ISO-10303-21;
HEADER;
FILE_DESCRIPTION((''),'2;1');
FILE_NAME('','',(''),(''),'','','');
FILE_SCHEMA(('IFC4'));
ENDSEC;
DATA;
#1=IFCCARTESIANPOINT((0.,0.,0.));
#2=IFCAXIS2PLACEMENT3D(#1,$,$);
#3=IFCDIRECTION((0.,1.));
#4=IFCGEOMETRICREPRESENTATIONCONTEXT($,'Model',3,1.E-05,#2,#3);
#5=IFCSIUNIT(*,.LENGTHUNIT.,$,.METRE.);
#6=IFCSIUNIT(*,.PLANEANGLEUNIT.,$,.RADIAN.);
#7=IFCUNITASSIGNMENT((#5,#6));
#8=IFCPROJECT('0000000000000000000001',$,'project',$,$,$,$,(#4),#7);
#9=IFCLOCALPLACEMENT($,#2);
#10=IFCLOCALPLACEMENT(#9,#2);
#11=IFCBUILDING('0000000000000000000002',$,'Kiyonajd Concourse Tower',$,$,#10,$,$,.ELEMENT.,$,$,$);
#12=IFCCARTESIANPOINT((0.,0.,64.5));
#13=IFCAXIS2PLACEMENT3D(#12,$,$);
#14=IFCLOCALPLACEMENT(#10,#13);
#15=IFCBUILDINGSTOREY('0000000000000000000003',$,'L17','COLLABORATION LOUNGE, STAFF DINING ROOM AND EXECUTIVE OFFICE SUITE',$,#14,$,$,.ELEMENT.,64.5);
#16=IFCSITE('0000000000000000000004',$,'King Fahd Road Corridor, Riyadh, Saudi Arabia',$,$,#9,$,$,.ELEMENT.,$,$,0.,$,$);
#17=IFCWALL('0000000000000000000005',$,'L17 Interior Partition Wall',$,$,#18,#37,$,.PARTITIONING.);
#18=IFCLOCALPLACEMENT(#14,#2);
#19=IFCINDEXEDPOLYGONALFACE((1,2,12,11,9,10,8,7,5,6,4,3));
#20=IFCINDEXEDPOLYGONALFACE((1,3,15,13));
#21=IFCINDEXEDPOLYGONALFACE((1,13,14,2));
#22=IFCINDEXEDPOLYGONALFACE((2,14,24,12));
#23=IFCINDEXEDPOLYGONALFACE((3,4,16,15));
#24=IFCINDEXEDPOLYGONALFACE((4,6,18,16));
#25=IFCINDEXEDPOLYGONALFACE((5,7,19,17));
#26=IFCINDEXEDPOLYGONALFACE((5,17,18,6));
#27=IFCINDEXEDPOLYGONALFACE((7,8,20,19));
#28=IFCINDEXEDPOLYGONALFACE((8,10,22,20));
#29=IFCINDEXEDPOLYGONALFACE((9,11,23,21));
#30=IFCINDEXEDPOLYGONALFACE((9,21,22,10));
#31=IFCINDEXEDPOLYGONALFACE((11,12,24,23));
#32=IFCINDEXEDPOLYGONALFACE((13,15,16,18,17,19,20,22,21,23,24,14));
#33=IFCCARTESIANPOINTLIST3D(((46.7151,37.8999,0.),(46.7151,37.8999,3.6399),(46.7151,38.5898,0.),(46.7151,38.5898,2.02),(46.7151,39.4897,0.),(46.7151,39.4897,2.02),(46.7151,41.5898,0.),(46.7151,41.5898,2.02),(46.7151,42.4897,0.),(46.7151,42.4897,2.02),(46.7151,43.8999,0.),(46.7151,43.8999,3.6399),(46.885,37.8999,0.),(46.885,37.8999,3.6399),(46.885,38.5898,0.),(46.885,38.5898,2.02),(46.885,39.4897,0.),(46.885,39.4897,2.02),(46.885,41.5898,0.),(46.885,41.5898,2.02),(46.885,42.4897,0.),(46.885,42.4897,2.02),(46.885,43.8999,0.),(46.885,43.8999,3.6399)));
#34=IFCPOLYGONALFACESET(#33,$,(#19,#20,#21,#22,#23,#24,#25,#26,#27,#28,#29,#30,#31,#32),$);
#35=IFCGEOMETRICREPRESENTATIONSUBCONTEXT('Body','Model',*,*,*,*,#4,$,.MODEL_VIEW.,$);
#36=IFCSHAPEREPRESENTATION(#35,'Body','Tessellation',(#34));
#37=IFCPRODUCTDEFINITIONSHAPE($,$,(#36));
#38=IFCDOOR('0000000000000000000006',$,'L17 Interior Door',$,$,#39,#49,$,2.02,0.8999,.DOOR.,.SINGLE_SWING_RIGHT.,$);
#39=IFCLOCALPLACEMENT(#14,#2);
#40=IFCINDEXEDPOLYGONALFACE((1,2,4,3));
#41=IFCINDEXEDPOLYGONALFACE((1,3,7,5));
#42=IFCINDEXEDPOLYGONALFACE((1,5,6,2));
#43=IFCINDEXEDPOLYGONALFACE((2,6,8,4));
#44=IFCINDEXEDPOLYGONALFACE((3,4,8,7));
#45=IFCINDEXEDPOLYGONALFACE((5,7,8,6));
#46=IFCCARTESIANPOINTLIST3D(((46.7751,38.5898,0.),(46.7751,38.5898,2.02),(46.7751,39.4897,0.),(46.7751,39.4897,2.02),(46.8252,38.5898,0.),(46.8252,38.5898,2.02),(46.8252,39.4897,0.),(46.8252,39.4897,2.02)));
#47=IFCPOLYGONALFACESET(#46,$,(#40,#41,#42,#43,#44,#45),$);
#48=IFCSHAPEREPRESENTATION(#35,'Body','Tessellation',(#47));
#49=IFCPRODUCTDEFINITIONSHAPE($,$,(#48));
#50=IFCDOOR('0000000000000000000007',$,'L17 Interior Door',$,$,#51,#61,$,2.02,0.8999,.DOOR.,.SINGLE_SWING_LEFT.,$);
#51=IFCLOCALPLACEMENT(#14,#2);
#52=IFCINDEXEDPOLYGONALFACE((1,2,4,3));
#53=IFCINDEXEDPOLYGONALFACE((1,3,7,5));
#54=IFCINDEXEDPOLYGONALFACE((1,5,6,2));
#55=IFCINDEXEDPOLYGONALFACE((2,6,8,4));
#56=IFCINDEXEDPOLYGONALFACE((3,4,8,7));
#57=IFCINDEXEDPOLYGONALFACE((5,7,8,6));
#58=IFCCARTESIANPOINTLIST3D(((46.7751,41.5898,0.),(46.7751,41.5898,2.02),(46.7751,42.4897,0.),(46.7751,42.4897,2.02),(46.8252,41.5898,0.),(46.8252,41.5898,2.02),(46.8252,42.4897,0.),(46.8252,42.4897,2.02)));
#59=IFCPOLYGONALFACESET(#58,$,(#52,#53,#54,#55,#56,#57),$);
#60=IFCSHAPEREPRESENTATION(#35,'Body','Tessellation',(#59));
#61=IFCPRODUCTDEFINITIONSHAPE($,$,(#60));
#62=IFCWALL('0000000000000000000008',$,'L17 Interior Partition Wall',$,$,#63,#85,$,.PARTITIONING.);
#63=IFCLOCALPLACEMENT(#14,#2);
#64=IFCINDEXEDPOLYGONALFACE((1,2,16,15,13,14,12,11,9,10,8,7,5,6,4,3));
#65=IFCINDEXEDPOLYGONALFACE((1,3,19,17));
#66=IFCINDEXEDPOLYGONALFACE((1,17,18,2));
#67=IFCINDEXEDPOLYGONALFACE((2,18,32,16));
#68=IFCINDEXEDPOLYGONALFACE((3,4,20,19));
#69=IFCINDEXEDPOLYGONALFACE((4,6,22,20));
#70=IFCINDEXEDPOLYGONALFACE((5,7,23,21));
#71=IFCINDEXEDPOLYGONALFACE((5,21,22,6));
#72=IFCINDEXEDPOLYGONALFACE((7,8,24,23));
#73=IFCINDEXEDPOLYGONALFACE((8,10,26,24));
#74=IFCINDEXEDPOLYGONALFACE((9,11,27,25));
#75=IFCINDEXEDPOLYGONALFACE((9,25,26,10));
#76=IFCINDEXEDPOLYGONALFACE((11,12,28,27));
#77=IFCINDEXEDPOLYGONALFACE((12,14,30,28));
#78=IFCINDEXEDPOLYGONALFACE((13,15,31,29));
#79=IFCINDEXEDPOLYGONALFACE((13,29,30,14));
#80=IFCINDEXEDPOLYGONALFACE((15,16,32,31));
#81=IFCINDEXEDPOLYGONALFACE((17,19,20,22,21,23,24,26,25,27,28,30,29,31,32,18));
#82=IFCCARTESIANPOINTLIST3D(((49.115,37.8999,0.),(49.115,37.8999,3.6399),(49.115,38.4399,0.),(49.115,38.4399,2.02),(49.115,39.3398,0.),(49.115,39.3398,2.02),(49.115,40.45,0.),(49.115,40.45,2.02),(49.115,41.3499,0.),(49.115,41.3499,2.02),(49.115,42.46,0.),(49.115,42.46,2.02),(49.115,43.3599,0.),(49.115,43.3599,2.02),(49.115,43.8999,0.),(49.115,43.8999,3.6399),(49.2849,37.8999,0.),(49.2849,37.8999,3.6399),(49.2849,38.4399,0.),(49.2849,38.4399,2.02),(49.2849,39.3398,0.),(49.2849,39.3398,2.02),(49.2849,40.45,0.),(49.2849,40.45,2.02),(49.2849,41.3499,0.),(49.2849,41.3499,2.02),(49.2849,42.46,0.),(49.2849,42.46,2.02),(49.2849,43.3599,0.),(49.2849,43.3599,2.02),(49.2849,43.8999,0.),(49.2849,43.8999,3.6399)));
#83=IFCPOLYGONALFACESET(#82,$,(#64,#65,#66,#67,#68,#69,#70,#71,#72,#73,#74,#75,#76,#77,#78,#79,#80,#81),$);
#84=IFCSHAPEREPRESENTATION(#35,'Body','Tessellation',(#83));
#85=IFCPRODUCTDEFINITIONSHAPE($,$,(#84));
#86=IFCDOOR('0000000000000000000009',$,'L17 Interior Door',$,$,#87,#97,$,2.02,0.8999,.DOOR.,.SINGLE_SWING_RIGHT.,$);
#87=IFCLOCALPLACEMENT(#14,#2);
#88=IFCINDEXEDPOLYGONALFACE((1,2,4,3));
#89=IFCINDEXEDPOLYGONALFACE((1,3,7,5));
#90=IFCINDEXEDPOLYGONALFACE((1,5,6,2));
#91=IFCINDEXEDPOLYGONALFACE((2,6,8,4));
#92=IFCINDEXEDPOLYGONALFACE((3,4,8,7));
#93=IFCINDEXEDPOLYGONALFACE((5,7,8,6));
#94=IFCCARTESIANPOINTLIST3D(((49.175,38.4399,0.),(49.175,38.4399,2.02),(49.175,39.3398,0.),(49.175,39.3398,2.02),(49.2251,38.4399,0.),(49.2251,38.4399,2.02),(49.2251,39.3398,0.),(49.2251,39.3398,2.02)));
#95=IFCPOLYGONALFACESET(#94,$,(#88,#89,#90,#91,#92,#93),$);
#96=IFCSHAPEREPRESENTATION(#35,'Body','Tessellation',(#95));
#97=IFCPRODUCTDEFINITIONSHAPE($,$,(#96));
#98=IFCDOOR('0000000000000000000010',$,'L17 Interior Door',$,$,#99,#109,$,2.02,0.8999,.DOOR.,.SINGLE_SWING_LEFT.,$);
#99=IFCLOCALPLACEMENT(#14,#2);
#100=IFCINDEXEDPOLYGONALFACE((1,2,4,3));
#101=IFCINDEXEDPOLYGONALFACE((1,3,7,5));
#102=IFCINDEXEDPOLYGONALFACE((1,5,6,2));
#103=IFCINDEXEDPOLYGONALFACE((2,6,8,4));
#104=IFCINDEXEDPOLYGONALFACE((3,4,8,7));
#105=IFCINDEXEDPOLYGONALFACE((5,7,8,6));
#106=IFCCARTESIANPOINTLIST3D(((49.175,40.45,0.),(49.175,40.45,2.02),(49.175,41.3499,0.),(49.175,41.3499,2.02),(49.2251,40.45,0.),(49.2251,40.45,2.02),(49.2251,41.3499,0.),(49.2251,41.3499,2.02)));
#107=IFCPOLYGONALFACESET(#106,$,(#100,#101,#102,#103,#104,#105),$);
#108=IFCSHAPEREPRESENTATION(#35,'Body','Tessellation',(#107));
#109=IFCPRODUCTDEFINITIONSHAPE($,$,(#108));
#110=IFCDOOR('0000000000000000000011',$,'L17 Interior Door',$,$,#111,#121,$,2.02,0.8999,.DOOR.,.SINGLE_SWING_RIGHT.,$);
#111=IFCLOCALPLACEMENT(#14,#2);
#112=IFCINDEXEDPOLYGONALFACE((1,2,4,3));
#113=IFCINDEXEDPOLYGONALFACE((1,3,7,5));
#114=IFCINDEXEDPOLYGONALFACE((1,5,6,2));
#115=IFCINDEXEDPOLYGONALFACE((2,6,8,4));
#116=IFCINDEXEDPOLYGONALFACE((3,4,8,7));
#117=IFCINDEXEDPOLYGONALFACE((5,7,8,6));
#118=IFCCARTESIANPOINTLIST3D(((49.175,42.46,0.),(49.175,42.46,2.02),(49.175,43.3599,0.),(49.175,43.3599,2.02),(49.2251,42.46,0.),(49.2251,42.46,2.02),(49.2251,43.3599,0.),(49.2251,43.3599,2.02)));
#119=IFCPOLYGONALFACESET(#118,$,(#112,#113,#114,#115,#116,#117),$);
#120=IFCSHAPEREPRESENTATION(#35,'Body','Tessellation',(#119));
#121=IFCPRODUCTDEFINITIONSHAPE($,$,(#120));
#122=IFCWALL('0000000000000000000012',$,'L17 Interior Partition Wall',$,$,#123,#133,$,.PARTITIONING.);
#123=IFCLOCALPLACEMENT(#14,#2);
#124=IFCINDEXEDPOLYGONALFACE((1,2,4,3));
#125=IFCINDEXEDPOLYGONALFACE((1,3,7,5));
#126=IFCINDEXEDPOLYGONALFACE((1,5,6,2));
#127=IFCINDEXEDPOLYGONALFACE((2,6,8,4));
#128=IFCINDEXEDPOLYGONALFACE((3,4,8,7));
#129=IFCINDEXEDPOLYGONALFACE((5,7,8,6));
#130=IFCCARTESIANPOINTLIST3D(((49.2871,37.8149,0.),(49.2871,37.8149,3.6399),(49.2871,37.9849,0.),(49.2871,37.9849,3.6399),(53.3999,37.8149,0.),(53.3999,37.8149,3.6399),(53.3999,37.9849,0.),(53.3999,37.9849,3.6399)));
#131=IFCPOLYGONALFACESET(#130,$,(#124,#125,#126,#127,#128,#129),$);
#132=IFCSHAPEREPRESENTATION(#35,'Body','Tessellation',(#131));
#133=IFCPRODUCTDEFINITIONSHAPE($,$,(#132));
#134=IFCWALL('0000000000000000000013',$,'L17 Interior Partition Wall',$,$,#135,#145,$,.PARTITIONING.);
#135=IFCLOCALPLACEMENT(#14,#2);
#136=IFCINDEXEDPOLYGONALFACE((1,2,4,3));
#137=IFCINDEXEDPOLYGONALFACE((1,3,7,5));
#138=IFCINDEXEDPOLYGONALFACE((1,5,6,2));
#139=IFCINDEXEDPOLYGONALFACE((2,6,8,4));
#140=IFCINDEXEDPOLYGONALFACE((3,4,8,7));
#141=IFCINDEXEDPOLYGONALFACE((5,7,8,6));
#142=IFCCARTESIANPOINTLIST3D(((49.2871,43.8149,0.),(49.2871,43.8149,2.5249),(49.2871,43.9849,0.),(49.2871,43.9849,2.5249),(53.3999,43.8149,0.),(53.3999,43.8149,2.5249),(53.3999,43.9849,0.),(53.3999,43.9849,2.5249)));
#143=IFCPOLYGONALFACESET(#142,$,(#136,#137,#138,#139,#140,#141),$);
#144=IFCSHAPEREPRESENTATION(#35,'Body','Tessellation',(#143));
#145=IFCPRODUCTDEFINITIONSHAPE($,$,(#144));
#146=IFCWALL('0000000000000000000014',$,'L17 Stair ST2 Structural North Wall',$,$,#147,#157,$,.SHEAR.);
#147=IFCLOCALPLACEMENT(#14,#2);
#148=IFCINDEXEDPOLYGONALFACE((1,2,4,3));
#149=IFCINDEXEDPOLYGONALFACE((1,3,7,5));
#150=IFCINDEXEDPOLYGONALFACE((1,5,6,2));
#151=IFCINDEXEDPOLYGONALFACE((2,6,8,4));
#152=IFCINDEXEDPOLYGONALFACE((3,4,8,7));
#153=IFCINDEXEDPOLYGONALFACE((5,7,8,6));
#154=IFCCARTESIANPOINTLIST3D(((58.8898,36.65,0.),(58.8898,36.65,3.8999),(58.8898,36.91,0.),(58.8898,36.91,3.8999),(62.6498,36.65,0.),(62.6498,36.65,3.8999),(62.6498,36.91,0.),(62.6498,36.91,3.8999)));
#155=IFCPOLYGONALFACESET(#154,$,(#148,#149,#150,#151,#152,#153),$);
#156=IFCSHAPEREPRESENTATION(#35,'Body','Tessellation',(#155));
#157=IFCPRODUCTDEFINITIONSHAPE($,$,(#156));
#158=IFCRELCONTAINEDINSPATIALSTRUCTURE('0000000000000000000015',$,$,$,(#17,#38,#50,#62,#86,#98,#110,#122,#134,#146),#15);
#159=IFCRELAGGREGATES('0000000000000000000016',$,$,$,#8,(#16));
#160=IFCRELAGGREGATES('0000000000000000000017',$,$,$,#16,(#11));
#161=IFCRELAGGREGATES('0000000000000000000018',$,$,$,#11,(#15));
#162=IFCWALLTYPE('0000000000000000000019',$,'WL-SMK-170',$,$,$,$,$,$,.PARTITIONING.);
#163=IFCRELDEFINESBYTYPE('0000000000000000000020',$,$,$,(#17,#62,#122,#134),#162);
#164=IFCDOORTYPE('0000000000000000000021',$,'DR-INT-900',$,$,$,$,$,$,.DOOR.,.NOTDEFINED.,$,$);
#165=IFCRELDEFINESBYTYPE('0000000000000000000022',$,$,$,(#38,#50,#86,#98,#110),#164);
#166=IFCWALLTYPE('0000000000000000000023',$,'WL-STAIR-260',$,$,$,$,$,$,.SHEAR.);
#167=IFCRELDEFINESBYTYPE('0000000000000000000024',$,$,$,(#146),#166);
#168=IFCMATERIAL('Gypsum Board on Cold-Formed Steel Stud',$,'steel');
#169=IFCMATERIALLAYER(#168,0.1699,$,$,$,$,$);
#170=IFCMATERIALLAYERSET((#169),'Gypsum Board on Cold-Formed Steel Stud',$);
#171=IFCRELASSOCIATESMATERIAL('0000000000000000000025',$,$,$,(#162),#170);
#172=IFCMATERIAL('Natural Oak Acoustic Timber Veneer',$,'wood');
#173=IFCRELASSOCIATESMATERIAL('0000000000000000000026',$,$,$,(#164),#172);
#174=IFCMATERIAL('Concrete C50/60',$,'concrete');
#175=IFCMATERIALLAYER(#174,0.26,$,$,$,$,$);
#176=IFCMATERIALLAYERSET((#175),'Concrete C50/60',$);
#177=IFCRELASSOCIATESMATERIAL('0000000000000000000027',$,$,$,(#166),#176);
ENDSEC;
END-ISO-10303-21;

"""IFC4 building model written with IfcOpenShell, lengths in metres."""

from ifc_helpers import new_model, si_unit, direction, frame, frame_2d, origin, place, context, subcontext, project, spatial, rectangle, extrude, material, layer, layer_set, type_object, element, fill, save


model = new_model("IFC4")

# Units and contexts
model_context = context("Model", 3, precision=1e-05, world=origin(), true_north=direction((0.0, 1.0)))
body_context = subcontext(model_context, "Body", "Model", "MODEL_VIEW")
ifc_project = project(units=[si_unit("LENGTHUNIT", "METRE"), si_unit("PLANEANGLEUNIT", "RADIAN")], contexts=[model_context])

# Site, building, storey
site_placement = place(None, origin())
site = spatial("IfcSite", under=ifc_project, at=site_placement, Name="King Fahd Road Corridor, Riyadh, Saudi Arabia", CompositionType="ELEMENT", RefElevation=0.0)
building_placement = place(site_placement, origin())
building = spatial("IfcBuilding", under=site, at=building_placement, Name="Kiyonajd Concourse Tower", CompositionType="ELEMENT")
storey_placement = place(building_placement, frame((0.0, 0.0, 64.5)))
storey = spatial("IfcBuildingStorey", under=building, at=storey_placement, Name="L17", Description="COLLABORATION LOUNGE, STAFF DINING ROOM AND EXECUTIVE OFFICE SUITE", CompositionType="ELEMENT", Elevation=64.5)

# Shared definitions
ifc_material_1 = material(Name="Concrete C50/60", Category="concrete")

# Shared definitions
ifc_material_2 = material(Name="Gypsum Board on Cold-Formed Steel Stud", Category="steel")
ifc_layer_1 = layer(ifc_material_2, 0.1699)
ifc_layer_set_1 = layer_set([ifc_layer_1], Name="Gypsum Board on Cold-Formed Steel Stud")
wall_type_1 = type_object("IfcWallType", Name="WL-SMK-170", PredefinedType="PARTITIONING", material=ifc_layer_set_1)

# Walls, openings, doors
wall_1_placement = place(storey_placement, frame((46.8, 37.8999, 0.0), z_axis=(0.0, 0.0, 1.0), x_axis=(0.0, 1.0, 0.0)))
wall_1 = element("IfcWall", 1, at=wall_1_placement, inside=storey, type_object=wall_type_1, Name="L17 Interior Partition Wall", PredefinedType="PARTITIONING", context=body_context, shape_type="SweptSolid", body=[
    extrude(rectangle(XDim=6.0, YDim=0.1699, at=frame_2d((3.0, 0.0))), origin(), (0.0, 0.0, 1.0), 3.6399),
])
opening_1_placement = place(wall_1_placement, frame((0.6899, 0.0, 0.0)))
opening_1 = element("IfcOpeningElement", 2, at=opening_1_placement, cuts=wall_1, PredefinedType="OPENING", context=body_context, shape_type="SweptSolid", body=[
    extrude(rectangle(XDim=0.8999, YDim=2.02, at=frame_2d((0.45, 1.01))), frame((0.0, 0.095, 0.0), z_axis=(0.0, -1.0, 0.0), x_axis=(1.0, 0.0, 0.0)), (0.0, 0.0, 1.0), 0.1899),
])
opening_2_placement = place(wall_1_placement, frame((3.6899, 0.0, 0.0)))
opening_2 = element("IfcOpeningElement", 3, at=opening_2_placement, cuts=wall_1, PredefinedType="OPENING", context=body_context, shape_type="SweptSolid", body=[
    extrude(rectangle(XDim=0.8999, YDim=2.02, at=frame_2d((0.45, 1.01))), frame((0.0, 0.095, 0.0), z_axis=(0.0, -1.0, 0.0), x_axis=(1.0, 0.0, 0.0)), (0.0, 0.0, 1.0), 0.1899),
])
ifc_material_3 = material(Name="Natural Oak Acoustic Timber Veneer", Category="wood")
door_type_1 = type_object("IfcDoorType", Name="DR-INT-900", OperationType="NOTDEFINED", PredefinedType="DOOR", material=ifc_material_3)
door_1_placement = place(opening_1_placement, origin())
door_1 = element("IfcDoor", 4, at=door_1_placement, inside=storey, type_object=door_type_1, Name="L17 Interior Door", OperationType="SINGLE_SWING_RIGHT", OverallHeight=2.02, OverallWidth=0.8999, PredefinedType="DOOR", context=body_context, shape_type="SweptSolid", body=[
    extrude(rectangle(XDim=0.8999, YDim=2.02, at=frame_2d((0.45, 1.01))), frame((0.0, 0.0249, 0.0), z_axis=(0.0, -1.0, 0.0), x_axis=(1.0, 0.0, 0.0)), (0.0, 0.0, 1.0), 0.05),
])
fill(opening_1, door_1)
door_2_placement = place(opening_2_placement, origin())
door_2 = element("IfcDoor", 5, at=door_2_placement, inside=storey, type_object=door_type_1, Name="L17 Interior Door", OperationType="SINGLE_SWING_LEFT", OverallHeight=2.02, OverallWidth=0.8999, PredefinedType="DOOR", context=body_context, shape_type="SweptSolid", body=[
    extrude(rectangle(XDim=0.8999, YDim=2.02, at=frame_2d((0.45, 1.01))), frame((0.0, 0.0249, 0.0), z_axis=(0.0, -1.0, 0.0), x_axis=(1.0, 0.0, 0.0)), (0.0, 0.0, 1.0), 0.05),
])
fill(opening_2, door_2)
wall_2_placement = place(storey_placement, frame((49.2, 37.8999, 0.0), z_axis=(0.0, 0.0, 1.0), x_axis=(0.0, 1.0, 0.0)))
wall_2 = element("IfcWall", 6, at=wall_2_placement, inside=storey, type_object=wall_type_1, Name="L17 Interior Partition Wall", PredefinedType="PARTITIONING", context=body_context, shape_type="SweptSolid", body=[
    extrude(rectangle(XDim=6.0, YDim=0.1699, at=frame_2d((3.0, 0.0))), origin(), (0.0, 0.0, 1.0), 3.6399),
])
opening_3_placement = place(wall_2_placement, frame((0.54, 0.0, 0.0)))
opening_3 = element("IfcOpeningElement", 7, at=opening_3_placement, cuts=wall_2, PredefinedType="OPENING", context=body_context, shape_type="SweptSolid", body=[
    extrude(rectangle(XDim=0.8999, YDim=2.02, at=frame_2d((0.45, 1.01))), frame((0.0, 0.095, 0.0), z_axis=(0.0, -1.0, 0.0), x_axis=(1.0, 0.0, 0.0)), (0.0, 0.0, 1.0), 0.1899),
])
opening_4_placement = place(wall_2_placement, frame((2.55, 0.0, 0.0)))
opening_4 = element("IfcOpeningElement", 8, at=opening_4_placement, cuts=wall_2, PredefinedType="OPENING", context=body_context, shape_type="SweptSolid", body=[
    extrude(rectangle(XDim=0.8999, YDim=2.02, at=frame_2d((0.45, 1.01))), frame((0.0, 0.095, 0.0), z_axis=(0.0, -1.0, 0.0), x_axis=(1.0, 0.0, 0.0)), (0.0, 0.0, 1.0), 0.1899),
])
opening_5_placement = place(wall_2_placement, frame((4.5601, 0.0, 0.0)))
opening_5 = element("IfcOpeningElement", 9, at=opening_5_placement, cuts=wall_2, PredefinedType="OPENING", context=body_context, shape_type="SweptSolid", body=[
    extrude(rectangle(XDim=0.8999, YDim=2.02, at=frame_2d((0.45, 1.01))), frame((0.0, 0.095, 0.0), z_axis=(0.0, -1.0, 0.0), x_axis=(1.0, 0.0, 0.0)), (0.0, 0.0, 1.0), 0.1899),
])
door_3_placement = place(opening_3_placement, origin())
door_3 = element("IfcDoor", 10, at=door_3_placement, inside=storey, type_object=door_type_1, Name="L17 Interior Door", OperationType="SINGLE_SWING_RIGHT", OverallHeight=2.02, OverallWidth=0.8999, PredefinedType="DOOR", context=body_context, shape_type="SweptSolid", body=[
    extrude(rectangle(XDim=0.8999, YDim=2.02, at=frame_2d((0.45, 1.01))), frame((0.0, 0.0249, 0.0), z_axis=(0.0, -1.0, 0.0), x_axis=(1.0, 0.0, 0.0)), (0.0, 0.0, 1.0), 0.05),
])
fill(opening_3, door_3)
door_4_placement = place(opening_4_placement, origin())
door_4 = element("IfcDoor", 11, at=door_4_placement, inside=storey, type_object=door_type_1, Name="L17 Interior Door", OperationType="SINGLE_SWING_LEFT", OverallHeight=2.02, OverallWidth=0.8999, PredefinedType="DOOR", context=body_context, shape_type="SweptSolid", body=[
    extrude(rectangle(XDim=0.8999, YDim=2.02, at=frame_2d((0.45, 1.01))), frame((0.0, 0.0249, 0.0), z_axis=(0.0, -1.0, 0.0), x_axis=(1.0, 0.0, 0.0)), (0.0, 0.0, 1.0), 0.05),
])
fill(opening_4, door_4)
door_5_placement = place(opening_5_placement, origin())
door_5 = element("IfcDoor", 12, at=door_5_placement, inside=storey, type_object=door_type_1, Name="L17 Interior Door", OperationType="SINGLE_SWING_RIGHT", OverallHeight=2.02, OverallWidth=0.8999, PredefinedType="DOOR", context=body_context, shape_type="SweptSolid", body=[
    extrude(rectangle(XDim=0.8999, YDim=2.02, at=frame_2d((0.45, 1.01))), frame((0.0, 0.0249, 0.0), z_axis=(0.0, -1.0, 0.0), x_axis=(1.0, 0.0, 0.0)), (0.0, 0.0, 1.0), 0.05),
])
fill(opening_5, door_5)

# Walls
wall_3_placement = place(storey_placement, frame((49.2871, 37.8999, 0.0), z_axis=(0.0, 0.0, 1.0), x_axis=(1.0, 0.0, 0.0)))
element("IfcWall", 13, at=wall_3_placement, inside=storey, type_object=wall_type_1, Name="L17 Interior Partition Wall", PredefinedType="PARTITIONING", context=body_context, shape_type="SweptSolid", body=[
    extrude(rectangle(XDim=4.1128, YDim=0.1699, at=frame_2d((2.0564, 0.0))), origin(), (0.0, 0.0, 1.0), 3.6399),
])
wall_4_placement = place(storey_placement, frame((49.2871, 43.8999, 0.0), z_axis=(0.0, 0.0, 1.0), x_axis=(1.0, 0.0, 0.0)))
element("IfcWall", 14, at=wall_4_placement, inside=storey, type_object=wall_type_1, Name="L17 Interior Partition Wall", PredefinedType="PARTITIONING", context=body_context, shape_type="SweptSolid", body=[
    extrude(rectangle(XDim=4.1128, YDim=0.1699, at=frame_2d((2.0564, 0.0))), origin(), (0.0, 0.0, 1.0), 2.5249),
])
ifc_layer_2 = layer(ifc_material_1, 0.26)
ifc_layer_set_2 = layer_set([ifc_layer_2], Name="Concrete C50/60")
wall_type_2 = type_object("IfcWallType", Name="WL-STAIR-260", PredefinedType="SHEAR", material=ifc_layer_set_2)
wall_5_placement = place(storey_placement, frame((58.8899, 36.78, 0.0), z_axis=(0.0, 0.0, 1.0), x_axis=(1.0, 0.0, 0.0)))
element("IfcWall", 15, at=wall_5_placement, inside=storey, type_object=wall_type_2, Name="L17 Stair ST2 Structural North Wall", PredefinedType="SHEAR", context=body_context, shape_type="SweptSolid", body=[
    extrude(rectangle(XDim=3.76, YDim=0.26, at=frame_2d((1.8799, 0.0))), origin(), (0.0, 0.0, 1.0), 3.8999),
])

save(model, "model.ifc")
